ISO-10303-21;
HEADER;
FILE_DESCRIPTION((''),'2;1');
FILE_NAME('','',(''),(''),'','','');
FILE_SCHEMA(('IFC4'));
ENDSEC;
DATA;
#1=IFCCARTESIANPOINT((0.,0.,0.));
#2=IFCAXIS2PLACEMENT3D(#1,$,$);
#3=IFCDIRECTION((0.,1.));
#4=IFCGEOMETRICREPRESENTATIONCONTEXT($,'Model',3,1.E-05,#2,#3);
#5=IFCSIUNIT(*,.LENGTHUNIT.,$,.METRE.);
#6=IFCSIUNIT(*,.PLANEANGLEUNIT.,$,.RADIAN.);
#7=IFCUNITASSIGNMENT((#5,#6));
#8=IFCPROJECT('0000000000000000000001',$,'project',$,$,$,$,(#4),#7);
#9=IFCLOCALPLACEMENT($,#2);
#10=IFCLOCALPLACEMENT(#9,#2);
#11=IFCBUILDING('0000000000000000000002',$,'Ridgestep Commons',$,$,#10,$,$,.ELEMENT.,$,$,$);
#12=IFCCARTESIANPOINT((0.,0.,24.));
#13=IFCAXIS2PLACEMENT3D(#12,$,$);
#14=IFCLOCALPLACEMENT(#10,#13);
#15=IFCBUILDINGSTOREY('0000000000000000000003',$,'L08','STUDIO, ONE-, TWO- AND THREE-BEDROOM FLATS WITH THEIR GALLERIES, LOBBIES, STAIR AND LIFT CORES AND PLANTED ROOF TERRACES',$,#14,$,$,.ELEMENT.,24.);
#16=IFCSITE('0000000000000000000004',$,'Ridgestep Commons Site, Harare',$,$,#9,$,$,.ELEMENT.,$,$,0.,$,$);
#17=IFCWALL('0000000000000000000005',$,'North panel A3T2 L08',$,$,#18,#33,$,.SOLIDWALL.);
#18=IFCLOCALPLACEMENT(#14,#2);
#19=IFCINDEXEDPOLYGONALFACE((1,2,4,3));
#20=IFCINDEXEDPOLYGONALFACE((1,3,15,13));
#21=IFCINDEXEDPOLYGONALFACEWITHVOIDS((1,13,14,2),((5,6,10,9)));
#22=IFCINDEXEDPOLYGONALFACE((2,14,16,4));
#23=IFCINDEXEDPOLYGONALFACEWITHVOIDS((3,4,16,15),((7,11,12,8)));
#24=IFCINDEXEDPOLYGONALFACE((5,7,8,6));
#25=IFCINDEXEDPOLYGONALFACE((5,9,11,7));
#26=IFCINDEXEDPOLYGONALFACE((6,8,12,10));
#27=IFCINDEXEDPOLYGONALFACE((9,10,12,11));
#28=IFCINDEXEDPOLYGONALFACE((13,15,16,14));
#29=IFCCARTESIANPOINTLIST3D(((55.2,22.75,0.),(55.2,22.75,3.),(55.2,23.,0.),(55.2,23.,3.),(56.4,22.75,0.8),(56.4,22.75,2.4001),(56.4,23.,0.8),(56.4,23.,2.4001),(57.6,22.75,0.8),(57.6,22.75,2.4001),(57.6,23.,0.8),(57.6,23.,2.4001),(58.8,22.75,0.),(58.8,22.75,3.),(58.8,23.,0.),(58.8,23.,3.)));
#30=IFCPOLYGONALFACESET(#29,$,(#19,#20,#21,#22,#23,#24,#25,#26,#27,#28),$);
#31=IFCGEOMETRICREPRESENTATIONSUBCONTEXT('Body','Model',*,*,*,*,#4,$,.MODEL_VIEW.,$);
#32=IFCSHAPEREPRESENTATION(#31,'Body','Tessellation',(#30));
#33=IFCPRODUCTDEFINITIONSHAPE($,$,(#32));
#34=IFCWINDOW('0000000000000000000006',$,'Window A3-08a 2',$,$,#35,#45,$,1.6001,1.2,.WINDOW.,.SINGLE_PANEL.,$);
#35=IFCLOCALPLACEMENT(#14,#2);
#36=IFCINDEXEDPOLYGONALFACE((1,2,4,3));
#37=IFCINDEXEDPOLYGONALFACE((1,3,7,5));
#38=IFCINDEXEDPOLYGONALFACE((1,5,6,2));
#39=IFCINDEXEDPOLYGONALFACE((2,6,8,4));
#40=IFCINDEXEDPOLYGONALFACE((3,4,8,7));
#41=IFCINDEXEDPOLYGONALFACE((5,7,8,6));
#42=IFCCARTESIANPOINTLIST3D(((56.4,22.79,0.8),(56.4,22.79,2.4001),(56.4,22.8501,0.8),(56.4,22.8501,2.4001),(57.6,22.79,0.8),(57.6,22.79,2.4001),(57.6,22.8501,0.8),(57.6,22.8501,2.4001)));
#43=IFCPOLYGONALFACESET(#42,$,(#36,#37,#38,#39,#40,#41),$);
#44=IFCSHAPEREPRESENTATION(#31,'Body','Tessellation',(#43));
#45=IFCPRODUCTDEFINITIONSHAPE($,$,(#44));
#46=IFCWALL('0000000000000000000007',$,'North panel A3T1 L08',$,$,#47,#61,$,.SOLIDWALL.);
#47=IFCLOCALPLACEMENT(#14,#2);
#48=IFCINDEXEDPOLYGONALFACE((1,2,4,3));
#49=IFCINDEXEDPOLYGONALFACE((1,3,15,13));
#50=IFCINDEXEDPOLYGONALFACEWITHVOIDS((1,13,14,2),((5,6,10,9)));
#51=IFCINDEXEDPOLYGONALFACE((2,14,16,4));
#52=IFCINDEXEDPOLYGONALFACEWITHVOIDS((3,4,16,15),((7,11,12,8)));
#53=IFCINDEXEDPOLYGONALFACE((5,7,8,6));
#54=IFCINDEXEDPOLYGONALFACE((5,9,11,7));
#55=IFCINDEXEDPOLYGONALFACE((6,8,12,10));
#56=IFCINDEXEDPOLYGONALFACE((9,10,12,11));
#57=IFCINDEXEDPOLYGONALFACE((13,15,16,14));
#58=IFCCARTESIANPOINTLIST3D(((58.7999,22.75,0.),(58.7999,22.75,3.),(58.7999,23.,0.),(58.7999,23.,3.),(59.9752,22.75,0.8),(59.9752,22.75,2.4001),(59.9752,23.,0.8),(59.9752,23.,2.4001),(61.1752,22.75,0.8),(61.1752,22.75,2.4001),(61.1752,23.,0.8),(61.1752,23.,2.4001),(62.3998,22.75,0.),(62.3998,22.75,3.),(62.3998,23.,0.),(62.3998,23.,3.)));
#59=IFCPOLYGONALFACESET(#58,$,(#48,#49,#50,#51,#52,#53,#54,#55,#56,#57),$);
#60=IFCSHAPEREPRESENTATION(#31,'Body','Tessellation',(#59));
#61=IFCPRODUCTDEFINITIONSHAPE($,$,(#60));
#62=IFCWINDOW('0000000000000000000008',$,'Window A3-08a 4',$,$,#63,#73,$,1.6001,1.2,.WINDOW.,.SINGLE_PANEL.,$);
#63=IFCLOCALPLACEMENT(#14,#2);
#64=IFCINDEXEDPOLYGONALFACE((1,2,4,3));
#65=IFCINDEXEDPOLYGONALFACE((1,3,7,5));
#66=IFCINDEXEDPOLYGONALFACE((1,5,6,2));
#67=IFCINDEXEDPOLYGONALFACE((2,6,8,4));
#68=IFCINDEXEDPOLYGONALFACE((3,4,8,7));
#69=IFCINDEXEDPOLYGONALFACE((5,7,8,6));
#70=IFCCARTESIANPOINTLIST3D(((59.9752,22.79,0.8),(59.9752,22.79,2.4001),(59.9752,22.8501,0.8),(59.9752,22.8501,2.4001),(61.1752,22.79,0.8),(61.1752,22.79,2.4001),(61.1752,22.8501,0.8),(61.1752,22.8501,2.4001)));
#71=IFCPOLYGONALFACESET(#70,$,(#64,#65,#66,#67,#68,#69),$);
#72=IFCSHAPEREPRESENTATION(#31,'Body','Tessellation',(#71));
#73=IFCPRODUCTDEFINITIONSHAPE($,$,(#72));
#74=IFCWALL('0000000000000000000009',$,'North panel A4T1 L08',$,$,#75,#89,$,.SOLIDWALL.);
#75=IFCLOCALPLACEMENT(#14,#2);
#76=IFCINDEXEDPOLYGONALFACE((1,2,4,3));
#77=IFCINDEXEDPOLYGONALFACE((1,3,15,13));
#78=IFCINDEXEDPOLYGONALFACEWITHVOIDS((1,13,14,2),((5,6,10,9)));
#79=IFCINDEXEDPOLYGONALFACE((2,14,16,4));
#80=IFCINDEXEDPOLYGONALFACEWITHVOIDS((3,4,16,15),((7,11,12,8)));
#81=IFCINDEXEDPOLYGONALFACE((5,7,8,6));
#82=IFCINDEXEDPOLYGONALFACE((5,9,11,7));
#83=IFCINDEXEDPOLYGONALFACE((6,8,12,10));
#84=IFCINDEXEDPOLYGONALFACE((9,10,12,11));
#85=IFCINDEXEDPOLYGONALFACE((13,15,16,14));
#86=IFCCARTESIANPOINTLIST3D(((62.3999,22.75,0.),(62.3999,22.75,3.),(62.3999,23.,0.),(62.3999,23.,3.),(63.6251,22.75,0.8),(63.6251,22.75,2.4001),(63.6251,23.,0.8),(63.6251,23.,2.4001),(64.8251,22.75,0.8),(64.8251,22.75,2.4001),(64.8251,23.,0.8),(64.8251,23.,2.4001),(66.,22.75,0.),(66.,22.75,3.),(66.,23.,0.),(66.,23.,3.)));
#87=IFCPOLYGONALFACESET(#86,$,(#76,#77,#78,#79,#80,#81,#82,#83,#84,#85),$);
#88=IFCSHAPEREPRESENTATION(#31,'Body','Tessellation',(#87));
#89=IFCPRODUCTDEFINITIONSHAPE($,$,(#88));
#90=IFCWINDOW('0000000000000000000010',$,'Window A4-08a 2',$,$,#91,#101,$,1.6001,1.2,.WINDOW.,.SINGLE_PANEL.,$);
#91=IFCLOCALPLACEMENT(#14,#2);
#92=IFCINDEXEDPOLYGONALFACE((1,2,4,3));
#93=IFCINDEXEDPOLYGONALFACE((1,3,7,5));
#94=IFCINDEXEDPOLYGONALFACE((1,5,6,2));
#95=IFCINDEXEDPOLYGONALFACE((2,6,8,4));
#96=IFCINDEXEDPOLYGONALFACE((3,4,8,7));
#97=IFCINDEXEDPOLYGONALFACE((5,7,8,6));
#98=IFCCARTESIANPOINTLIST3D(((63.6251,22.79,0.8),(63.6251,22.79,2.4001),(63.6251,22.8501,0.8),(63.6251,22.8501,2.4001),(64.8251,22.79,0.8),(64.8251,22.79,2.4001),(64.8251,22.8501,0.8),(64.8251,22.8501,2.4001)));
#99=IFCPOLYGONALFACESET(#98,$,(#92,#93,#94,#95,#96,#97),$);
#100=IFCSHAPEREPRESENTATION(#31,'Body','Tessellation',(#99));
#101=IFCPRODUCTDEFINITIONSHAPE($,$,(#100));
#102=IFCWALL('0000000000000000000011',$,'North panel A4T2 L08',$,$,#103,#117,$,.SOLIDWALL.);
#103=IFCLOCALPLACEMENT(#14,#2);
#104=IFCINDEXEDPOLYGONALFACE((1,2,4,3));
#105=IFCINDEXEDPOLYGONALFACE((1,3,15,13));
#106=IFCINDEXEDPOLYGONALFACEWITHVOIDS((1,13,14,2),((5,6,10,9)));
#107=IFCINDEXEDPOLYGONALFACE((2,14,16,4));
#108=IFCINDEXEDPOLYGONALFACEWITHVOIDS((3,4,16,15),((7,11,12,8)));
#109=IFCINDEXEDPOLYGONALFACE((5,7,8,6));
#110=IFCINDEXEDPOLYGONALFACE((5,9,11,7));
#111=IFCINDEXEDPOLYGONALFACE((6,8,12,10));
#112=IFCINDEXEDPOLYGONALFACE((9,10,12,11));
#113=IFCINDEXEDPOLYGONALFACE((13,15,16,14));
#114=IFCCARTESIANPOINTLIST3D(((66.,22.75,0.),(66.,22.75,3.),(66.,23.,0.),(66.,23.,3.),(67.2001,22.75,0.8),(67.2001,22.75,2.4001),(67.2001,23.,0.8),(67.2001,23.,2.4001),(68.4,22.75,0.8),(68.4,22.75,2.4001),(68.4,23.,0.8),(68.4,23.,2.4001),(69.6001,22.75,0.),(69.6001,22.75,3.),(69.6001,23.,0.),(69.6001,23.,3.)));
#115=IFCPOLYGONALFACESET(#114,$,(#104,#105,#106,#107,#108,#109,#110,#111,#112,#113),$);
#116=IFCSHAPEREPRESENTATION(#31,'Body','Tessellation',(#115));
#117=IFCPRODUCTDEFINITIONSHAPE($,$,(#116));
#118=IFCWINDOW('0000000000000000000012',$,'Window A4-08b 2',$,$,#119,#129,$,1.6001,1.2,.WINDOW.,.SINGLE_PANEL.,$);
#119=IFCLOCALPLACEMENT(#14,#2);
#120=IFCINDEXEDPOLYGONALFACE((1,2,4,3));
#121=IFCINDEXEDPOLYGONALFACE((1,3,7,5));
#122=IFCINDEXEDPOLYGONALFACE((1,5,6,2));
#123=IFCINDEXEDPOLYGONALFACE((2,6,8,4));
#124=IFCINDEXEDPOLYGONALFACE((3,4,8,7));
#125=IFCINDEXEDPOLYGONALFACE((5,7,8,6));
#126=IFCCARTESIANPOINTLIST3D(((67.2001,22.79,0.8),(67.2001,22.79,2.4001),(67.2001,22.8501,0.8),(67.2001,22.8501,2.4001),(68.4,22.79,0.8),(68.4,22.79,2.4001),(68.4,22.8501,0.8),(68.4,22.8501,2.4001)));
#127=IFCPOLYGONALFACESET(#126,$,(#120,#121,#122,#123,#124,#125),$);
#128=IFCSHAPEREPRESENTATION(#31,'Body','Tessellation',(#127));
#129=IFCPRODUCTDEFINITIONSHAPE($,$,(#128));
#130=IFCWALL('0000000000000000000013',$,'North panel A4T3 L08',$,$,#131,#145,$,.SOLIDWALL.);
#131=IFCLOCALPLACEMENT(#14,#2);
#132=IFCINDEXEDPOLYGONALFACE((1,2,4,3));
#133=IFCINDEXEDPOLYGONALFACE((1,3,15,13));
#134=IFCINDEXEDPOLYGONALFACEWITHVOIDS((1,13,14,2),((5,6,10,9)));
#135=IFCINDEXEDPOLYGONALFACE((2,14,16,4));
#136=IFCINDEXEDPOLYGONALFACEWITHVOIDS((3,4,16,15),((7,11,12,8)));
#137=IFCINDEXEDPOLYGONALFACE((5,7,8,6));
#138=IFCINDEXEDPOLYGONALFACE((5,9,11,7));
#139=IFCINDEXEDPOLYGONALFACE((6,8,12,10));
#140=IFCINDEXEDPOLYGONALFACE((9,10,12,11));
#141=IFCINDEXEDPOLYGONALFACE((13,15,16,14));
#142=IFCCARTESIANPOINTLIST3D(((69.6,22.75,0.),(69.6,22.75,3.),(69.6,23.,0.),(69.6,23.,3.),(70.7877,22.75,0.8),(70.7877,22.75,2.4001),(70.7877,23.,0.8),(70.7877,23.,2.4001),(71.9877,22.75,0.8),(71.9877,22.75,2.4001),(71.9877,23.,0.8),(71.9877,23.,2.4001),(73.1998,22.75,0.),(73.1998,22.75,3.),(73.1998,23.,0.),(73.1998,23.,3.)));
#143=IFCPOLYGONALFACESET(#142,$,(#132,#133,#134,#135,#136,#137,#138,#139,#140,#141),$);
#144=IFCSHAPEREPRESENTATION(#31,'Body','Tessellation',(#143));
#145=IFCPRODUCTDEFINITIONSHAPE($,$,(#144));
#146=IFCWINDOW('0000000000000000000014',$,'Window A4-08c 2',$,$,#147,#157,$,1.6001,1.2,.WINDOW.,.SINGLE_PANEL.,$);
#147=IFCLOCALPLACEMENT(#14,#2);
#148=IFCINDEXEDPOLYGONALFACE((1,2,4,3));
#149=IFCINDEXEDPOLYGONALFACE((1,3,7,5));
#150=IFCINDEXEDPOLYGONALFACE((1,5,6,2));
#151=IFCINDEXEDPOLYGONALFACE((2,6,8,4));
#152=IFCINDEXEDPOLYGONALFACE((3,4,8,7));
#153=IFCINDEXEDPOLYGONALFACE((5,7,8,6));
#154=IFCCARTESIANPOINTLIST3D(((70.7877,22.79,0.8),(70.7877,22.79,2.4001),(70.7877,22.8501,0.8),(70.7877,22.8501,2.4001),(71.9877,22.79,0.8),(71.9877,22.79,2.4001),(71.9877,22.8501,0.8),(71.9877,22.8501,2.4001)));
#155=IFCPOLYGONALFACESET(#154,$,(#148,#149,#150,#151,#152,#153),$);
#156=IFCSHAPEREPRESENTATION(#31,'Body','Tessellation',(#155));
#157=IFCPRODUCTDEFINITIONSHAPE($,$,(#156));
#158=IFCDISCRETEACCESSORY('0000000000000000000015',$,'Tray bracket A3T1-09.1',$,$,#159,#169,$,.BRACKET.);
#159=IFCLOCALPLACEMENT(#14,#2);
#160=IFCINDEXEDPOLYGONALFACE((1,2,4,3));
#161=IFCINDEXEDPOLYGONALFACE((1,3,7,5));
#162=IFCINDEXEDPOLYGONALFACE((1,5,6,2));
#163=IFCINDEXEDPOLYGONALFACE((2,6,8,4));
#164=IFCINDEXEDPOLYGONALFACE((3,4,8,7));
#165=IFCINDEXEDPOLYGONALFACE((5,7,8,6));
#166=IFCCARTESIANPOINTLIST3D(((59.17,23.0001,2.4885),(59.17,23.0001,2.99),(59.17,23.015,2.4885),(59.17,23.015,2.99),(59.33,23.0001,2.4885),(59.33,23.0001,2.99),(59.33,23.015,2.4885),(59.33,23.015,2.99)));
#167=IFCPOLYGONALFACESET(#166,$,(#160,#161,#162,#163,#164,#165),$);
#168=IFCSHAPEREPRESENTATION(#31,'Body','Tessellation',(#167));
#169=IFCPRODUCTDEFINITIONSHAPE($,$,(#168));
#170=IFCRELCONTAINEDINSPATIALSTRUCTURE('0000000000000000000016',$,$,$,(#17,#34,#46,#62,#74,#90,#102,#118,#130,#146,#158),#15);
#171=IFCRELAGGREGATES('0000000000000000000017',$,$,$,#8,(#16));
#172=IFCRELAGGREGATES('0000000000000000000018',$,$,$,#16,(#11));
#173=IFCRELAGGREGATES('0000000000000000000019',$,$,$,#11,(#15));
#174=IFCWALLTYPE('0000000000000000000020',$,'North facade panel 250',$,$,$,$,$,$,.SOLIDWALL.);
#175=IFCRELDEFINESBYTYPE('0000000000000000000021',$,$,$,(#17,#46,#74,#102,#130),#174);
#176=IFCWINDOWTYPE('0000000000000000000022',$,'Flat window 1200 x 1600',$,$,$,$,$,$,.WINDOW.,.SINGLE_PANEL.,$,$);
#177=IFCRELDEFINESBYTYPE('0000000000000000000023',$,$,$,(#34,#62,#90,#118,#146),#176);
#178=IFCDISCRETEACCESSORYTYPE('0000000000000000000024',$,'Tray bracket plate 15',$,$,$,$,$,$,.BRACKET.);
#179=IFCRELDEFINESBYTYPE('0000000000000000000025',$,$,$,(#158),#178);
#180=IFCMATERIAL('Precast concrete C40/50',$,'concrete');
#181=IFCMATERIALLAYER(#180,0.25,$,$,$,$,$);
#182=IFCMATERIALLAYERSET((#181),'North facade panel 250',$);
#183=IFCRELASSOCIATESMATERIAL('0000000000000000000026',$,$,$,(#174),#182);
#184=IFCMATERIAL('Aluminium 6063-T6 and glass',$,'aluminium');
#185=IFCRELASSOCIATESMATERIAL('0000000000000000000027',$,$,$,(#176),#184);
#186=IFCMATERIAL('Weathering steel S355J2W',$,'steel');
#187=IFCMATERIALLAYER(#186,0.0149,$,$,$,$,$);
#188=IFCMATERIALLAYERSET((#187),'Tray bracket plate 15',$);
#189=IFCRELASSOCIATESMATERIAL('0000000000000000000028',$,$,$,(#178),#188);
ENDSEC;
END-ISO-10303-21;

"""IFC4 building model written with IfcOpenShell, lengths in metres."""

from ifc_helpers import new_model, si_unit, direction, frame, frame_2d, origin, origin_2d, place, context, subcontext, project, spatial, rectangle, extrude, material, layer, layer_set, type_object, element, fill, save


model = new_model("IFC4")

# Units and contexts
model_context = context("Model", 3, precision=1e-05, world=origin(), true_north=direction((0.0, 1.0)))
body_context = subcontext(model_context, "Body", "Model", "MODEL_VIEW")
ifc_project = project(units=[si_unit("LENGTHUNIT", "METRE"), si_unit("PLANEANGLEUNIT", "RADIAN")], contexts=[model_context])

# Site, building, storey
site_placement = place(None, origin())
site = spatial("IfcSite", under=ifc_project, at=site_placement, Name="Ridgestep Commons Site, Harare", CompositionType="ELEMENT", RefElevation=0.0)
building_placement = place(site_placement, origin())
building = spatial("IfcBuilding", under=site, at=building_placement, Name="Ridgestep Commons", CompositionType="ELEMENT")
storey_placement = place(building_placement, frame((0.0, 0.0, 24.0)))
storey = spatial("IfcBuildingStorey", under=building, at=storey_placement, Name="L08", Description="STUDIO, ONE-, TWO- AND THREE-BEDROOM FLATS WITH THEIR GALLERIES, LOBBIES, STAIR AND LIFT CORES AND PLANTED ROOF TERRACES", CompositionType="ELEMENT", Elevation=24.0)

# Walls, openings, windows
ifc_material_1 = material(Name="Precast concrete C40/50", Category="concrete")
ifc_layer_1 = layer(ifc_material_1, 0.25)
ifc_layer_set_1 = layer_set([ifc_layer_1], Name="North facade panel 250")
wall_type = type_object("IfcWallType", Name="North facade panel 250", PredefinedType="SOLIDWALL", material=ifc_layer_set_1)
wall_1_placement = place(storey_placement, frame((55.2, 22.875, 0.0), z_axis=(0.0, 0.0, 1.0), x_axis=(1.0, 0.0, 0.0)))
wall_1 = element("IfcWall", 1, at=wall_1_placement, inside=storey, type_object=wall_type, Name="North panel A3T2 L08", PredefinedType="SOLIDWALL", context=body_context, shape_type="SweptSolid", body=[
    extrude(rectangle(XDim=3.6001, YDim=0.25, at=frame_2d((1.8, 0.0))), origin(), (0.0, 0.0, 1.0), 3.0),
])
opening_1_placement = place(wall_1_placement, frame((1.2, 0.0, 0.8)))
opening_1 = element("IfcOpeningElement", 2, at=opening_1_placement, cuts=wall_1, PredefinedType="OPENING", context=body_context, shape_type="SweptSolid", body=[
    extrude(rectangle(XDim=1.2, YDim=1.6001, at=frame_2d((0.6001, 0.8))), frame((0.0, 0.135, 0.0), z_axis=(0.0, -1.0, 0.0), x_axis=(1.0, 0.0, 0.0)), (0.0, 0.0, 1.0), 0.27),
])
ifc_material_2 = material(Name="Aluminium 6063-T6 and glass", Category="aluminium")
window_type = type_object("IfcWindowType", Name="Flat window 1200 x 1600", PartitioningType="SINGLE_PANEL", PredefinedType="WINDOW", material=ifc_material_2)
window_1_placement = place(opening_1_placement, origin())
window_1 = element("IfcWindow", 3, at=window_1_placement, inside=storey, type_object=window_type, Name="Window A3-08a 2", OverallHeight=1.6001, OverallWidth=1.2, PartitioningType="SINGLE_PANEL", PredefinedType="WINDOW", context=body_context, shape_type="SweptSolid", body=[
    extrude(rectangle(XDim=1.2, YDim=1.6001, at=frame_2d((0.6001, 0.8))), frame((0.0, -0.0249, 0.0), z_axis=(0.0, -1.0, 0.0), x_axis=(1.0, 0.0, 0.0)), (0.0, 0.0, 1.0), 0.0601),
])
fill(opening_1, window_1)
wall_2_placement = place(storey_placement, frame((58.8, 22.875, 0.0), z_axis=(0.0, 0.0, 1.0), x_axis=(1.0, 0.0, 0.0)))
wall_2 = element("IfcWall", 4, at=wall_2_placement, inside=storey, type_object=wall_type, Name="North panel A3T1 L08", PredefinedType="SOLIDWALL", context=body_context, shape_type="SweptSolid", body=[
    extrude(rectangle(XDim=3.5999, YDim=0.25, at=frame_2d((1.7998, 0.0))), origin(), (0.0, 0.0, 1.0), 3.0),
])
opening_2_placement = place(wall_2_placement, frame((1.175, 0.0, 0.8)))
opening_2 = element("IfcOpeningElement", 5, at=opening_2_placement, cuts=wall_2, PredefinedType="OPENING", context=body_context, shape_type="SweptSolid", body=[
    extrude(rectangle(XDim=1.2, YDim=1.6001, at=frame_2d((0.6001, 0.8))), frame((0.0, 0.135, 0.0), z_axis=(0.0, -1.0, 0.0), x_axis=(1.0, 0.0, 0.0)), (0.0, 0.0, 1.0), 0.27),
])
window_2_placement = place(opening_2_placement, origin())
window_2 = element("IfcWindow", 6, at=window_2_placement, inside=storey, type_object=window_type, Name="Window A3-08a 4", OverallHeight=1.6001, OverallWidth=1.2, PartitioningType="SINGLE_PANEL", PredefinedType="WINDOW", context=body_context, shape_type="SweptSolid", body=[
    extrude(rectangle(XDim=1.2, YDim=1.6001, at=frame_2d((0.6001, 0.8))), frame((0.0, -0.0249, 0.0), z_axis=(0.0, -1.0, 0.0), x_axis=(1.0, 0.0, 0.0)), (0.0, 0.0, 1.0), 0.0601),
])
fill(opening_2, window_2)
wall_3_placement = place(storey_placement, frame((62.3999, 22.875, 0.0), z_axis=(0.0, 0.0, 1.0), x_axis=(1.0, 0.0, 0.0)))
wall_3 = element("IfcWall", 7, at=wall_3_placement, inside=storey, type_object=wall_type, Name="North panel A4T1 L08", PredefinedType="SOLIDWALL", context=body_context, shape_type="SweptSolid", body=[
    extrude(rectangle(XDim=3.6001, YDim=0.25, at=frame_2d((1.8, 0.0))), origin(), (0.0, 0.0, 1.0), 3.0),
])
opening_3_placement = place(wall_3_placement, frame((1.2251, 0.0, 0.8)))
opening_3 = element("IfcOpeningElement", 8, at=opening_3_placement, cuts=wall_3, PredefinedType="OPENING", context=body_context, shape_type="SweptSolid", body=[
    extrude(rectangle(XDim=1.2, YDim=1.6001, at=frame_2d((0.6001, 0.8))), frame((0.0, 0.135, 0.0), z_axis=(0.0, -1.0, 0.0), x_axis=(1.0, 0.0, 0.0)), (0.0, 0.0, 1.0), 0.27),
])
window_3_placement = place(opening_3_placement, origin())
window_3 = element("IfcWindow", 9, at=window_3_placement, inside=storey, type_object=window_type, Name="Window A4-08a 2", OverallHeight=1.6001, OverallWidth=1.2, PartitioningType="SINGLE_PANEL", PredefinedType="WINDOW", context=body_context, shape_type="SweptSolid", body=[
    extrude(rectangle(XDim=1.2, YDim=1.6001, at=frame_2d((0.6001, 0.8))), frame((0.0, -0.0249, 0.0), z_axis=(0.0, -1.0, 0.0), x_axis=(1.0, 0.0, 0.0)), (0.0, 0.0, 1.0), 0.0601),
])
fill(opening_3, window_3)
wall_4_placement = place(storey_placement, frame((66.0, 22.875, 0.0), z_axis=(0.0, 0.0, 1.0), x_axis=(1.0, 0.0, 0.0)))
wall_4 = element("IfcWall", 10, at=wall_4_placement, inside=storey, type_object=wall_type, Name="North panel A4T2 L08", PredefinedType="SOLIDWALL", context=body_context, shape_type="SweptSolid", body=[
    extrude(rectangle(XDim=3.6001, YDim=0.25, at=frame_2d((1.8, 0.0))), origin(), (0.0, 0.0, 1.0), 3.0),
])
opening_4_placement = place(wall_4_placement, frame((1.2, 0.0, 0.8)))
opening_4 = element("IfcOpeningElement", 11, at=opening_4_placement, cuts=wall_4, PredefinedType="OPENING", context=body_context, shape_type="SweptSolid", body=[
    extrude(rectangle(XDim=1.2, YDim=1.6001, at=frame_2d((0.6001, 0.8))), frame((0.0, 0.135, 0.0), z_axis=(0.0, -1.0, 0.0), x_axis=(1.0, 0.0, 0.0)), (0.0, 0.0, 1.0), 0.27),
])
window_4_placement = place(opening_4_placement, origin())
window_4 = element("IfcWindow", 12, at=window_4_placement, inside=storey, type_object=window_type, Name="Window A4-08b 2", OverallHeight=1.6001, OverallWidth=1.2, PartitioningType="SINGLE_PANEL", PredefinedType="WINDOW", context=body_context, shape_type="SweptSolid", body=[
    extrude(rectangle(XDim=1.2, YDim=1.6001, at=frame_2d((0.6001, 0.8))), frame((0.0, -0.0249, 0.0), z_axis=(0.0, -1.0, 0.0), x_axis=(1.0, 0.0, 0.0)), (0.0, 0.0, 1.0), 0.0601),
])
fill(opening_4, window_4)
wall_5_placement = place(storey_placement, frame((69.6001, 22.875, 0.0), z_axis=(0.0, 0.0, 1.0), x_axis=(1.0, 0.0, 0.0)))
wall_5 = element("IfcWall", 13, at=wall_5_placement, inside=storey, type_object=wall_type, Name="North panel A4T3 L08", PredefinedType="SOLIDWALL", context=body_context, shape_type="SweptSolid", body=[
    extrude(rectangle(XDim=3.5999, YDim=0.25, at=frame_2d((1.7998, 0.0))), origin(), (0.0, 0.0, 1.0), 3.0),
])
opening_5_placement = place(wall_5_placement, frame((1.1875, 0.0, 0.8)))
opening_5 = element("IfcOpeningElement", 14, at=opening_5_placement, cuts=wall_5, PredefinedType="OPENING", context=body_context, shape_type="SweptSolid", body=[
    extrude(rectangle(XDim=1.2, YDim=1.6001, at=frame_2d((0.6001, 0.8))), frame((0.0, 0.135, 0.0), z_axis=(0.0, -1.0, 0.0), x_axis=(1.0, 0.0, 0.0)), (0.0, 0.0, 1.0), 0.27),
])
window_5_placement = place(opening_5_placement, origin())
window_5 = element("IfcWindow", 15, at=window_5_placement, inside=storey, type_object=window_type, Name="Window A4-08c 2", OverallHeight=1.6001, OverallWidth=1.2, PartitioningType="SINGLE_PANEL", PredefinedType="WINDOW", context=body_context, shape_type="SweptSolid", body=[
    extrude(rectangle(XDim=1.2, YDim=1.6001, at=frame_2d((0.6001, 0.8))), frame((0.0, -0.0249, 0.0), z_axis=(0.0, -1.0, 0.0), x_axis=(1.0, 0.0, 0.0)), (0.0, 0.0, 1.0), 0.0601),
])
fill(opening_5, window_5)

# Discrete accessory
ifc_material_3 = material(Name="Weathering steel S355J2W", Category="steel")
ifc_layer_2 = layer(ifc_material_3, 0.0149)
ifc_layer_set_2 = layer_set([ifc_layer_2], Name="Tray bracket plate 15")
discrete_accessory_type_1 = type_object("IfcDiscreteAccessoryType", Name="Tray bracket plate 15", PredefinedType="BRACKET", material=ifc_layer_set_2)
for number, where, z_axis, x_axis, name in (
    (16, (59.25, 23.0076, 2.4885), (0.0, 0.0, 1.0), (1.0, 0.0, 0.0), "Tray bracket A3T1-09.1"),
):
    element("IfcDiscreteAccessory", number, at=place(storey_placement, frame(where, z_axis=z_axis, x_axis=x_axis)), inside=storey, type_object=discrete_accessory_type_1, Name=name, PredefinedType="BRACKET", context=body_context, shape_type="SweptSolid", body=[
        extrude(rectangle(XDim=0.1599, YDim=0.0149, at=origin_2d()), origin(), (0.0, 0.0, 1.0), 0.5015),
    ])

save(model, "model.ifc")
